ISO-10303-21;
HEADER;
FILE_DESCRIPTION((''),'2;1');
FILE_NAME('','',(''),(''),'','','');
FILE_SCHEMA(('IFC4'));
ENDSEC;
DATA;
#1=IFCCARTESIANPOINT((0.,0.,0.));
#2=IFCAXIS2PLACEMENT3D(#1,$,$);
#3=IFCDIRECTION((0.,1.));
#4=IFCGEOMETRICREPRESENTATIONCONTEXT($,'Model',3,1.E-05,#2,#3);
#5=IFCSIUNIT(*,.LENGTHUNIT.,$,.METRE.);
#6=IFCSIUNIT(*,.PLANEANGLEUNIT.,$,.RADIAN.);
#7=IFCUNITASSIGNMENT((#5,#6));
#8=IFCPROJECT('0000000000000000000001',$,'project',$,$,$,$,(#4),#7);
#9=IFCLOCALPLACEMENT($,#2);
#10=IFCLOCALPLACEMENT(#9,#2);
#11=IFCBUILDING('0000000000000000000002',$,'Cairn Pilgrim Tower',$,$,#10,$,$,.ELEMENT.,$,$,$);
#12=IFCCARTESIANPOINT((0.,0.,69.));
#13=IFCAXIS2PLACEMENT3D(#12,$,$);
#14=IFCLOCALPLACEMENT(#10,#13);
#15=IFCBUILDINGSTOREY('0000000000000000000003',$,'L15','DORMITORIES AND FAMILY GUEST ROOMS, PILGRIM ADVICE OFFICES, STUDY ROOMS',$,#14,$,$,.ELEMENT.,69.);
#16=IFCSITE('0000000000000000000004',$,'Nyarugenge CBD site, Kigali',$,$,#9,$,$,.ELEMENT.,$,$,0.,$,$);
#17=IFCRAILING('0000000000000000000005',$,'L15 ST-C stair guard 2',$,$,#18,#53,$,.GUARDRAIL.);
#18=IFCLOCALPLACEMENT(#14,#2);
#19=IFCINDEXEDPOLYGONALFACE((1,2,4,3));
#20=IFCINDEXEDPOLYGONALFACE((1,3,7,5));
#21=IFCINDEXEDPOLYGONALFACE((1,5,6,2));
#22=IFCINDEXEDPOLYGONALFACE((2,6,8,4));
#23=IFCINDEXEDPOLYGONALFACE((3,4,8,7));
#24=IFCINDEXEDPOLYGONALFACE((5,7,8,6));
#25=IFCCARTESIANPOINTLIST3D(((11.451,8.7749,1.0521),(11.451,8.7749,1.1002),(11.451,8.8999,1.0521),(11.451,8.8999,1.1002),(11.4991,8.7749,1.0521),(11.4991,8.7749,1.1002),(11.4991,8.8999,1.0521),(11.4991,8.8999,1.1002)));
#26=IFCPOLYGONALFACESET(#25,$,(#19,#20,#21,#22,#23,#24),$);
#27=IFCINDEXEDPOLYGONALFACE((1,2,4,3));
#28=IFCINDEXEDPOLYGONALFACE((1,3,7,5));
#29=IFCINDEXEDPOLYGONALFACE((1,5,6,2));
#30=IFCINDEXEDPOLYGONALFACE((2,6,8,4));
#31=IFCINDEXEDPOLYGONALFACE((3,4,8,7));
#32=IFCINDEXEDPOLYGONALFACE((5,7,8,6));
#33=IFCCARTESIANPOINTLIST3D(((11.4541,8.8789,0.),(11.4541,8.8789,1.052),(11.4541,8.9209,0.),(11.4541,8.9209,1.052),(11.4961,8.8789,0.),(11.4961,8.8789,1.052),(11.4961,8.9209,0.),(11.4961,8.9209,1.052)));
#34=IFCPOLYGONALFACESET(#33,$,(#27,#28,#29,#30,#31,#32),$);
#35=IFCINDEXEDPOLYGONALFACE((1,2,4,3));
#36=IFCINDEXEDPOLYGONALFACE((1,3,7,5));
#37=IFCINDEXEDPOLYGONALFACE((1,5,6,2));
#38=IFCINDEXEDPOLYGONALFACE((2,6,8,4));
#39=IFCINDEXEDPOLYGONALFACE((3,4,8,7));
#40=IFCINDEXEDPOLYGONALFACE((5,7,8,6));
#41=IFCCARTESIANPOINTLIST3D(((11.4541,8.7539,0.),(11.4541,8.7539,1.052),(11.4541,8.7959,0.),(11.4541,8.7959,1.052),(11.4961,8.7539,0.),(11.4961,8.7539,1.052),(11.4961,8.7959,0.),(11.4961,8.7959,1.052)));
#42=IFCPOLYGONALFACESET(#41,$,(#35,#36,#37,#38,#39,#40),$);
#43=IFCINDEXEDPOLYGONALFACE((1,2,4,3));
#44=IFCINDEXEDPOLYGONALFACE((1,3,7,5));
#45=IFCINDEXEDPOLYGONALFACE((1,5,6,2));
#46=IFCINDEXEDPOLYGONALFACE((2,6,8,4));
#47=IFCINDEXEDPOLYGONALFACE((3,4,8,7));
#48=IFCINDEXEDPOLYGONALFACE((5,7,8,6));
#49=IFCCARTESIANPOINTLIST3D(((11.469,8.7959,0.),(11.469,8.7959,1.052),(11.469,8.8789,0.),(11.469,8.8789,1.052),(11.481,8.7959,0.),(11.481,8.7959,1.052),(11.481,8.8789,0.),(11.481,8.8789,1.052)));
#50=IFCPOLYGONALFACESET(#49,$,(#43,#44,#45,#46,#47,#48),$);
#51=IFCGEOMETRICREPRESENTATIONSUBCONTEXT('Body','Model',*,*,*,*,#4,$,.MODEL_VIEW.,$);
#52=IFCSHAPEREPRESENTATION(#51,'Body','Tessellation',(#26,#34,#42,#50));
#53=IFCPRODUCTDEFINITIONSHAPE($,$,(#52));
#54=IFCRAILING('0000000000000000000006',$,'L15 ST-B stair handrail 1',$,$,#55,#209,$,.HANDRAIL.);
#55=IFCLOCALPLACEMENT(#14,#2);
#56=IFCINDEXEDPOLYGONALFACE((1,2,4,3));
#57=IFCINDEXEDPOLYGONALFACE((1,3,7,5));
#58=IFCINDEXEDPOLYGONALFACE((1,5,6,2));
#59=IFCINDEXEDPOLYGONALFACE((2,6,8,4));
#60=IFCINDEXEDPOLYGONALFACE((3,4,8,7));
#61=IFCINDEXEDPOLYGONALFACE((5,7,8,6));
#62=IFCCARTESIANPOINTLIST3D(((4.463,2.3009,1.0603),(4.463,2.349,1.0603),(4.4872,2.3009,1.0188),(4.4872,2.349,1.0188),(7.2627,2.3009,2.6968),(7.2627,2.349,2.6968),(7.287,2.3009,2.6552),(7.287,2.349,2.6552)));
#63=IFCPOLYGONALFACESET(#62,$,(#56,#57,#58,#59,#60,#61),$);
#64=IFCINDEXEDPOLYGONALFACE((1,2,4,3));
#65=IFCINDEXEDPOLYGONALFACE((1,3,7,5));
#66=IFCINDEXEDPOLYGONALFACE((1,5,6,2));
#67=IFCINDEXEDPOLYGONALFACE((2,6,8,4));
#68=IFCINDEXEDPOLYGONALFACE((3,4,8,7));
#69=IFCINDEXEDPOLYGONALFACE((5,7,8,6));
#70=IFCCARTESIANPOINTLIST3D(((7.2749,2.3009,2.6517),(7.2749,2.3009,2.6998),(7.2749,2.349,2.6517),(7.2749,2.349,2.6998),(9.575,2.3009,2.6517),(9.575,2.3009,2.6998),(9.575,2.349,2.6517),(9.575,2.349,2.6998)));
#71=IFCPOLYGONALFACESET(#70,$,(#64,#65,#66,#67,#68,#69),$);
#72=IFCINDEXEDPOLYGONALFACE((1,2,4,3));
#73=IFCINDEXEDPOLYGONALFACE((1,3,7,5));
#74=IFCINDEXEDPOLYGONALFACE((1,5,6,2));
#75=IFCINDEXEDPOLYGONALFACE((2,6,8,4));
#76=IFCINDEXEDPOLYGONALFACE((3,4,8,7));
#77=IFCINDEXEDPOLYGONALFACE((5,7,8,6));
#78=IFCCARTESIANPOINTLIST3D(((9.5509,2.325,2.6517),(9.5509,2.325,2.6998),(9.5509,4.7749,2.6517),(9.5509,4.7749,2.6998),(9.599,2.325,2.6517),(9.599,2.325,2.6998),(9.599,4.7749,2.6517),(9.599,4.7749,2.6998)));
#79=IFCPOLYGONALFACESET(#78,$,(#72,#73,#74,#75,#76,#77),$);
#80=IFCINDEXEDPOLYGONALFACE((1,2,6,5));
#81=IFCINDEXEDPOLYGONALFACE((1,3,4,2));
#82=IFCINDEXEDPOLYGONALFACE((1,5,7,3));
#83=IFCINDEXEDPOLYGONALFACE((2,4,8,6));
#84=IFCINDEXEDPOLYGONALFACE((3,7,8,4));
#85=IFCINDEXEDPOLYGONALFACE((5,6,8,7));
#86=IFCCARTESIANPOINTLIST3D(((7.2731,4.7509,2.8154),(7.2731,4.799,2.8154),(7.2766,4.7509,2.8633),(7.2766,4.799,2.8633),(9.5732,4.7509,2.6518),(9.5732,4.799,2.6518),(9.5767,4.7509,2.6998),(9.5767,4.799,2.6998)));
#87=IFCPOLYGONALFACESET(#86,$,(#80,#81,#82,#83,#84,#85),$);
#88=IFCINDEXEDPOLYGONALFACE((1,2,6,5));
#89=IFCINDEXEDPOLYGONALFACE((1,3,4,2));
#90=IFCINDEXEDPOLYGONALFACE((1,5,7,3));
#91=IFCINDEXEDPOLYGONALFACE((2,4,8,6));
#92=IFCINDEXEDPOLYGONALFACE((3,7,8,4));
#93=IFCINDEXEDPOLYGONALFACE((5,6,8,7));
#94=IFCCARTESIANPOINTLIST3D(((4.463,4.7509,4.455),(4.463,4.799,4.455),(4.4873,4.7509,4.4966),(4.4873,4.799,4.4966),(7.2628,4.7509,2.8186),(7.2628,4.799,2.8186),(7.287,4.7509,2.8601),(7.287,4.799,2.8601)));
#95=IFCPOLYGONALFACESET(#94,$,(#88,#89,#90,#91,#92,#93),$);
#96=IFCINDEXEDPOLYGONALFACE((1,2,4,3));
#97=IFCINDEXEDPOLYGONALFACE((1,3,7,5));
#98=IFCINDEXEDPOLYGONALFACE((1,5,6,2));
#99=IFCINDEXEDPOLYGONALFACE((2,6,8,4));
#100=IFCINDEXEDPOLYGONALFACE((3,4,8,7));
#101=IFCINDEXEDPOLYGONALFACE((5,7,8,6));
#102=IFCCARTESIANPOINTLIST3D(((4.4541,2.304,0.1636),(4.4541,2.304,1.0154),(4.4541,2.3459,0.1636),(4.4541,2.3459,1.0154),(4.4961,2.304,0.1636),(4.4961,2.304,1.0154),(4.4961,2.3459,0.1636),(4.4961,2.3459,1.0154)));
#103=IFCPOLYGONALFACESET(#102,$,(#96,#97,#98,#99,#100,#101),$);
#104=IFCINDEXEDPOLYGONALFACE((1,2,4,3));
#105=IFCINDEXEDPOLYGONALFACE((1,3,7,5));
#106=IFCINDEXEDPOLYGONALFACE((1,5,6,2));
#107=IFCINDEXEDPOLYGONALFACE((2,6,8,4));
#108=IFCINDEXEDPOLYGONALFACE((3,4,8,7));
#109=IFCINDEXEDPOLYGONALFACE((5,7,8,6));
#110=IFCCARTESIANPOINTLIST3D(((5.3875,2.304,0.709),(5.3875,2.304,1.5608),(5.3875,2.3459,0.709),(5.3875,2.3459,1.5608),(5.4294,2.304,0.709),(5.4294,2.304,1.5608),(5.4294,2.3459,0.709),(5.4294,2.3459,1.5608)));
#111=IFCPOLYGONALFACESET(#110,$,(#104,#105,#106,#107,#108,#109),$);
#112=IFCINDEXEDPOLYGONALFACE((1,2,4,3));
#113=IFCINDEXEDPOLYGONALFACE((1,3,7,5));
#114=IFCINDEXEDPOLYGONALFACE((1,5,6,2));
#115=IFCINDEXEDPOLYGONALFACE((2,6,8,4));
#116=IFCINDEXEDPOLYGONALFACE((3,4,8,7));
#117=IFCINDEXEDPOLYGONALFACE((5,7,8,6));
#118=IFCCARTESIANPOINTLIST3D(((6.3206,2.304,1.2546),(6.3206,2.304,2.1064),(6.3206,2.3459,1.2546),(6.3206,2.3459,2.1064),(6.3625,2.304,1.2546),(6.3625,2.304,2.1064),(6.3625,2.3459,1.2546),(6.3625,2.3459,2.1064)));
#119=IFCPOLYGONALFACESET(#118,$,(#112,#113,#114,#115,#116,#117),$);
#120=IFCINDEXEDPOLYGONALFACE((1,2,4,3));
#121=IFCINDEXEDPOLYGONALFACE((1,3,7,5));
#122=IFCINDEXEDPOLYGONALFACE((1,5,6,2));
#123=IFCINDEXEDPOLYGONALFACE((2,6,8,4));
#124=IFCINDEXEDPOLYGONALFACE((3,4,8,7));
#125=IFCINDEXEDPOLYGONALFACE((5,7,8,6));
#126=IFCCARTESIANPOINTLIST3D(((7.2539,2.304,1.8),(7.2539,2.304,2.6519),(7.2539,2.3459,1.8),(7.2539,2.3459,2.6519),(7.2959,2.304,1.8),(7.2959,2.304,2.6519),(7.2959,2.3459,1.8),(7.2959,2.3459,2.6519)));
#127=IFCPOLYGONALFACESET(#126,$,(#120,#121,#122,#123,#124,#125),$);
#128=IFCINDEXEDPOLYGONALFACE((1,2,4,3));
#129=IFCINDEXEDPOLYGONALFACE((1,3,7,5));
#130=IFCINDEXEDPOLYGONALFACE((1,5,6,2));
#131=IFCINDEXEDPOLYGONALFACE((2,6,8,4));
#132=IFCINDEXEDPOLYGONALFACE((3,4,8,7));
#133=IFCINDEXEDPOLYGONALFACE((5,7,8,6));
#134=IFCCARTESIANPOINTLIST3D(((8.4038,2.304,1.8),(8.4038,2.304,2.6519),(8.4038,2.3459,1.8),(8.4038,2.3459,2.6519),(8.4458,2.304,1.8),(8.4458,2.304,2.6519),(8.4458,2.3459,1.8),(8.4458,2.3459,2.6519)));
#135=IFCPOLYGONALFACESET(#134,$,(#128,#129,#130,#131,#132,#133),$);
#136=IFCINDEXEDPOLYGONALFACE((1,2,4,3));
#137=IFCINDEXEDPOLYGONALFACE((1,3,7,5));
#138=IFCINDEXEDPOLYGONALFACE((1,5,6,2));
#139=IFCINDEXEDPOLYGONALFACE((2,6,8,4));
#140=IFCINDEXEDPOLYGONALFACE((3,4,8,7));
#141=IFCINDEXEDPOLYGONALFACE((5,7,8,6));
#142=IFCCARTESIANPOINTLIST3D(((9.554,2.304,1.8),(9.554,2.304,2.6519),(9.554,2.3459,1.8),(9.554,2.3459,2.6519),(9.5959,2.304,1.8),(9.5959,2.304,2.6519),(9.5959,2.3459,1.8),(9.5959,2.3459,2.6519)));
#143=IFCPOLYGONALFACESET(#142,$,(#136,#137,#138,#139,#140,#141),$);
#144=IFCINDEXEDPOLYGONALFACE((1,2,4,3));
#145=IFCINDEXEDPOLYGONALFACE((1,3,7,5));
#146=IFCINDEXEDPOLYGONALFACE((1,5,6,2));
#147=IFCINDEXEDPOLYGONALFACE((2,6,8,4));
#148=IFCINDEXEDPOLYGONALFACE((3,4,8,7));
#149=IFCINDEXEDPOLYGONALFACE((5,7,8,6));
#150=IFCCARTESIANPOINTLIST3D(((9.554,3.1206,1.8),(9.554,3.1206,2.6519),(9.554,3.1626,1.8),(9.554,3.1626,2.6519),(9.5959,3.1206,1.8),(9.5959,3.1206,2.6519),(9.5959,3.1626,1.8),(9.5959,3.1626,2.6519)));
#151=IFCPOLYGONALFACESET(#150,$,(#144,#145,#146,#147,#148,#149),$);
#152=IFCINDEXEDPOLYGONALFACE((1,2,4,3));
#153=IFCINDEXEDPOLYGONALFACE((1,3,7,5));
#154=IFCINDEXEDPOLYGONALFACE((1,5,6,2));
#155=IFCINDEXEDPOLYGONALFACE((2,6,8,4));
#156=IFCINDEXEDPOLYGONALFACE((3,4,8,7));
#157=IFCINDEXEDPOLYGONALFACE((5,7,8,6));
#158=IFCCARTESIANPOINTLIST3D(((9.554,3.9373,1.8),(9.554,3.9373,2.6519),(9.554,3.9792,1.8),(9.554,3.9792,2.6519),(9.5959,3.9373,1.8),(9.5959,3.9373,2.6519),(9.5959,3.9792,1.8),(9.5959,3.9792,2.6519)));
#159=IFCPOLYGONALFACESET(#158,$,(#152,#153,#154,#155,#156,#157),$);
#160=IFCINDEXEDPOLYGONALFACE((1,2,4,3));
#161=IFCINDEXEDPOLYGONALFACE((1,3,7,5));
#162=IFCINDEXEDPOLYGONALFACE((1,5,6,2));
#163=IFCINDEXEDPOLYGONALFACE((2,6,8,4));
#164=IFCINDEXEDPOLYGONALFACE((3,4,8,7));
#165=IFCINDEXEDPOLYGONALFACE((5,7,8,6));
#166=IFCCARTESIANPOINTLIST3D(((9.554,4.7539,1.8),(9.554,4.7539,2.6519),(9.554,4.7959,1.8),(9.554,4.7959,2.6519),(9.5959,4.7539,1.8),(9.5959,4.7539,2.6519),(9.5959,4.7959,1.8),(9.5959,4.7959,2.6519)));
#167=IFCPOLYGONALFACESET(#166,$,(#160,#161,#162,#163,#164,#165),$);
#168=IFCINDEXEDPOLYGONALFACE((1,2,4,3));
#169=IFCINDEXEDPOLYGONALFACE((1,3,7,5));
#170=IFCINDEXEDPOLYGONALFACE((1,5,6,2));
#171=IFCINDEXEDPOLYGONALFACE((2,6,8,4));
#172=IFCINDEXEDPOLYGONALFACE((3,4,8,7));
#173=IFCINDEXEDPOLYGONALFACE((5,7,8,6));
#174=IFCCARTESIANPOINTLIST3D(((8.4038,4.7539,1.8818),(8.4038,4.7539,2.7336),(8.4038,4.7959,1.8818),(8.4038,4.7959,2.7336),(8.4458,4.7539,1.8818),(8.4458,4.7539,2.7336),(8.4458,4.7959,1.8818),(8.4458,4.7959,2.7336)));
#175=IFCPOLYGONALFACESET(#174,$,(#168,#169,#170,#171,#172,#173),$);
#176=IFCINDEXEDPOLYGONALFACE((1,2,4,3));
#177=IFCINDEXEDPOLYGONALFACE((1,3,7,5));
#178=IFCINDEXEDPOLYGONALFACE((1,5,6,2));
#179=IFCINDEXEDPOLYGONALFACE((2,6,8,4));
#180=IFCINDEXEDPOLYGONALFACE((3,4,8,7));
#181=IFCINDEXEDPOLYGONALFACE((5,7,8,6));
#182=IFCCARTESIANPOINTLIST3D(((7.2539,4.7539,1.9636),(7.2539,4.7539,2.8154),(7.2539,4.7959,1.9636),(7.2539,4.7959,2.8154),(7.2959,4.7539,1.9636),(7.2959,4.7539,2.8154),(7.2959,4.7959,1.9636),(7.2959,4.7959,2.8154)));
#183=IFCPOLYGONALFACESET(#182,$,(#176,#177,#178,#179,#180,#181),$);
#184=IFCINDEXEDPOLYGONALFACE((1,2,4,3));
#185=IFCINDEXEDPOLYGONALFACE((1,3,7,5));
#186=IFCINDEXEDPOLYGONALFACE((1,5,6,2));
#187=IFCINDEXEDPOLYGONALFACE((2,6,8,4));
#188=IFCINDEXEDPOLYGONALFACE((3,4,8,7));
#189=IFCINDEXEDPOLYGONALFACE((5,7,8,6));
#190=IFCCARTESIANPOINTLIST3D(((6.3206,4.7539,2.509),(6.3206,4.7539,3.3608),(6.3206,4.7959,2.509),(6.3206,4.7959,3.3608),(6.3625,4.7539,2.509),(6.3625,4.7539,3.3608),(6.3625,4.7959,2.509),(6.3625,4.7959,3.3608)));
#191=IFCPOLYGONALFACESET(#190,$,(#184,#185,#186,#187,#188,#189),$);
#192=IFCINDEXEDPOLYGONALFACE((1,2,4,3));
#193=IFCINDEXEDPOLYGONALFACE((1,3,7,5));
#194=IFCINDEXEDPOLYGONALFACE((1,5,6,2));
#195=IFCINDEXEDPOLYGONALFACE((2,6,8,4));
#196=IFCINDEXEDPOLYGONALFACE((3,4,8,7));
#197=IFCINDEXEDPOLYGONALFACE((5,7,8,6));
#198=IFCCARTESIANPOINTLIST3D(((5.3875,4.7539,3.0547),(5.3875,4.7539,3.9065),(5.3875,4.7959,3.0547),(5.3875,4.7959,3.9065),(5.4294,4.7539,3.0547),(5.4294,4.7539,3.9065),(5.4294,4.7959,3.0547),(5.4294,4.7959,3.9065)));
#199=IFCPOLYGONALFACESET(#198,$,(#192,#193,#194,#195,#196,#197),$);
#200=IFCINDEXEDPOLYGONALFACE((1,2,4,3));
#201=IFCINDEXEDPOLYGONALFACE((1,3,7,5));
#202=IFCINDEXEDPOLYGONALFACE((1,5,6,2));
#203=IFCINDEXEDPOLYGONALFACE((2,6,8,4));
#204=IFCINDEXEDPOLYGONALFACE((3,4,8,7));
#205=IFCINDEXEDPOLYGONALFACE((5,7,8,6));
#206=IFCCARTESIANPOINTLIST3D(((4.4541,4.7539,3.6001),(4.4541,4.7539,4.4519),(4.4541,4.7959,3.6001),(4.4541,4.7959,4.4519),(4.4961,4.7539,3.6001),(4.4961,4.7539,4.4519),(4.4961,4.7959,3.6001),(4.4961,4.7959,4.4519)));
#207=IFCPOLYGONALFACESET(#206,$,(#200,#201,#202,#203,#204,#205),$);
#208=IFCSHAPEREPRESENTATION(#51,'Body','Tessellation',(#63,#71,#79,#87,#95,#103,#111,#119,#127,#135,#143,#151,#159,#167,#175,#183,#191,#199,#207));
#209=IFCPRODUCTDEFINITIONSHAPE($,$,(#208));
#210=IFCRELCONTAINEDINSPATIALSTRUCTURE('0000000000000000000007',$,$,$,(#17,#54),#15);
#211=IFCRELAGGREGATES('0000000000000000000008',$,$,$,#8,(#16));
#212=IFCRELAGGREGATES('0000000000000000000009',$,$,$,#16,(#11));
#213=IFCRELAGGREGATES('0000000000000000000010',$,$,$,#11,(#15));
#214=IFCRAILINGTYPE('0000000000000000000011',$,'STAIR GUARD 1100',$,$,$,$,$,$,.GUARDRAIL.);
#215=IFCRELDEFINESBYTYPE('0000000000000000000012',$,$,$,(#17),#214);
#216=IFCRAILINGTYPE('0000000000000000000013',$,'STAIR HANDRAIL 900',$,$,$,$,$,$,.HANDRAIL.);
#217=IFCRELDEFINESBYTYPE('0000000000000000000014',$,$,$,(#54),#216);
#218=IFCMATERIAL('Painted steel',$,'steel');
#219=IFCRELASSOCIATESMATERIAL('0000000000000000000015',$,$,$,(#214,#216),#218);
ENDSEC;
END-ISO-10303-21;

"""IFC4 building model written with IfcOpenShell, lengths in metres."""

from ifc_helpers import new_model, si_unit, direction, frame, origin, origin_2d, place, context, subcontext, project, spatial, polyline, rectangle, outline, extrude, material, type_object, element, save


model = new_model("IFC4")

# Units and contexts
model_context = context("Model", 3, precision=1e-05, world=origin(), true_north=direction((0.0, 1.0)))
body_context = subcontext(model_context, "Body", "Model", "MODEL_VIEW")
ifc_project = project(units=[si_unit("LENGTHUNIT", "METRE"), si_unit("PLANEANGLEUNIT", "RADIAN")], contexts=[model_context])

# Site, building, storey
site_placement = place(None, origin())
site = spatial("IfcSite", under=ifc_project, at=site_placement, Name="Nyarugenge CBD site, Kigali", CompositionType="ELEMENT", RefElevation=0.0)
building_placement = place(site_placement, origin())
building = spatial("IfcBuilding", under=site, at=building_placement, Name="Cairn Pilgrim Tower", CompositionType="ELEMENT")
storey_placement = place(building_placement, frame((0.0, 0.0, 69.0)))
storey = spatial("IfcBuildingStorey", under=building, at=storey_placement, Name="L15", Description="DORMITORIES AND FAMILY GUEST ROOMS, PILGRIM ADVICE OFFICES, STUDY ROOMS", CompositionType="ELEMENT", Elevation=69.0)

# Shared definitions
ifc_material_1 = material(Name="Painted steel", Category="steel")

# Railings
railing_type_1 = type_object("IfcRailingType", Name="STAIR GUARD 1100", PredefinedType="GUARDRAIL", material=ifc_material_1)
railing_1_placement = place(storey_placement, frame((11.4751, 8.8999, 0.0)))
element("IfcRailing", 1, at=railing_1_placement, inside=storey, type_object=railing_type_1, Name="L15 ST-C stair guard 2", PredefinedType="GUARDRAIL", context=body_context, shape_type="SweptSolid", body=[
    extrude(rectangle(XDim=0.0481, YDim=0.0481, at=origin_2d()), frame((0.0, 0.0, 1.0762), z_axis=(0.0, -1.0, 0.0), x_axis=(1.0, 0.0, 0.0)), (0.0, 0.0, 1.0), 0.125),
    extrude(rectangle(XDim=0.042, YDim=0.042, at=origin_2d()), origin(), (0.0, 0.0, 1.0), 1.052),
    extrude(rectangle(XDim=0.042, YDim=0.042, at=origin_2d()), frame((0.0, -0.125, 0.0)), (0.0, 0.0, 1.0), 1.052),
    extrude(outline(polyline([(0.021, 0.0), (0.104, 0.0), (0.104, 1.052), (0.021, 1.052), (0.021, 0.0)])), frame((0.0059, 0.0, 0.0), z_axis=(-1.0, 0.0, 0.0), x_axis=(0.0, -1.0, 0.0)), (0.0, 0.0, 1.0), 0.012),
])
railing_type_2 = type_object("IfcRailingType", Name="STAIR HANDRAIL 900", PredefinedType="HANDRAIL", material=ifc_material_1)
railing_2_placement = place(storey_placement, frame((4.4751, 2.325, 0.1636)))
element("IfcRailing", 2, at=railing_2_placement, inside=storey, type_object=railing_type_2, Name="L15 ST-B stair handrail 1", PredefinedType="HANDRAIL", context=body_context, shape_type="SweptSolid", body=[
    extrude(rectangle(XDim=0.0481, YDim=0.0481, at=origin_2d()), frame((0.0, 0.0, 0.876), z_axis=(0.863342, 0.0, 0.50462), x_axis=(0.0, 1.0, 0.0)), (0.0, 0.0, 1.0), 3.2429),
    extrude(rectangle(XDim=0.0481, YDim=0.0481, at=origin_2d()), frame((2.7998, 0.0, 2.5122), z_axis=(1.0, 0.0, 0.0), x_axis=(0.0, 1.0, 0.0)), (0.0, 0.0, 1.0), 2.3),
    extrude(rectangle(XDim=0.0481, YDim=0.0481, at=origin_2d()), frame((5.0999, 0.0, 2.5122), z_axis=(0.0, 1.0, 0.0), x_axis=(-1.0, 0.0, 0.0)), (0.0, 0.0, 1.0), 2.45),
    extrude(rectangle(XDim=0.0481, YDim=0.0481, at=origin_2d()), frame((5.0999, 2.45, 2.5122), z_axis=(-0.997481, 0.0, 0.070939), x_axis=(0.0, -1.0, 0.0)), (0.0, 0.0, 1.0), 2.3059),
    extrude(rectangle(XDim=0.0481, YDim=0.0481, at=origin_2d()), frame((2.7998, 2.45, 2.6758), z_axis=(-0.863342, 0.0, 0.50462), x_axis=(0.0, -1.0, 0.0)), (0.0, 0.0, 1.0), 3.2429),
    extrude(rectangle(XDim=0.042, YDim=0.042, at=origin_2d()), origin(), (0.0, 0.0, 1.0), 0.8518),
    extrude(rectangle(XDim=0.042, YDim=0.042, at=origin_2d()), frame((0.9333, 0.0, 0.5454)), (0.0, 0.0, 1.0), 0.8518),
    extrude(rectangle(XDim=0.042, YDim=0.042, at=origin_2d()), frame((1.8665, 0.0, 1.0911)), (0.0, 0.0, 1.0), 0.8518),
    extrude(rectangle(XDim=0.042, YDim=0.042, at=origin_2d()), frame((2.7998, 0.0, 1.6365)), (0.0, 0.0, 1.0), 0.8518),
    extrude(rectangle(XDim=0.042, YDim=0.042, at=origin_2d()), frame((3.9497, 0.0, 1.6365)), (0.0, 0.0, 1.0), 0.8518),
    extrude(rectangle(XDim=0.042, YDim=0.042, at=origin_2d()), frame((5.0999, 0.0, 1.6365)), (0.0, 0.0, 1.0), 0.8518),
    extrude(rectangle(XDim=0.042, YDim=0.042, at=origin_2d()), frame((5.0999, 0.8167, 1.6365)), (0.0, 0.0, 1.0), 0.8518),
    extrude(rectangle(XDim=0.042, YDim=0.042, at=origin_2d()), frame((5.0999, 1.6333, 1.6365)), (0.0, 0.0, 1.0), 0.8518),
    extrude(rectangle(XDim=0.042, YDim=0.042, at=origin_2d()), frame((5.0999, 2.45, 1.6365)), (0.0, 0.0, 1.0), 0.8518),
    extrude(rectangle(XDim=0.042, YDim=0.042, at=origin_2d()), frame((3.9497, 2.45, 1.7183)), (0.0, 0.0, 1.0), 0.8518),
    extrude(rectangle(XDim=0.042, YDim=0.042, at=origin_2d()), frame((2.7998, 2.45, 1.8)), (0.0, 0.0, 1.0), 0.8518),
    extrude(rectangle(XDim=0.042, YDim=0.042, at=origin_2d()), frame((1.8665, 2.45, 2.3455)), (0.0, 0.0, 1.0), 0.8518),
    extrude(rectangle(XDim=0.042, YDim=0.042, at=origin_2d()), frame((0.9333, 2.45, 2.8911)), (0.0, 0.0, 1.0), 0.8518),
    extrude(rectangle(XDim=0.042, YDim=0.042, at=origin_2d()), frame((0.0, 2.45, 3.4365)), (0.0, 0.0, 1.0), 0.8518),
])

save(model, "model.ifc")
